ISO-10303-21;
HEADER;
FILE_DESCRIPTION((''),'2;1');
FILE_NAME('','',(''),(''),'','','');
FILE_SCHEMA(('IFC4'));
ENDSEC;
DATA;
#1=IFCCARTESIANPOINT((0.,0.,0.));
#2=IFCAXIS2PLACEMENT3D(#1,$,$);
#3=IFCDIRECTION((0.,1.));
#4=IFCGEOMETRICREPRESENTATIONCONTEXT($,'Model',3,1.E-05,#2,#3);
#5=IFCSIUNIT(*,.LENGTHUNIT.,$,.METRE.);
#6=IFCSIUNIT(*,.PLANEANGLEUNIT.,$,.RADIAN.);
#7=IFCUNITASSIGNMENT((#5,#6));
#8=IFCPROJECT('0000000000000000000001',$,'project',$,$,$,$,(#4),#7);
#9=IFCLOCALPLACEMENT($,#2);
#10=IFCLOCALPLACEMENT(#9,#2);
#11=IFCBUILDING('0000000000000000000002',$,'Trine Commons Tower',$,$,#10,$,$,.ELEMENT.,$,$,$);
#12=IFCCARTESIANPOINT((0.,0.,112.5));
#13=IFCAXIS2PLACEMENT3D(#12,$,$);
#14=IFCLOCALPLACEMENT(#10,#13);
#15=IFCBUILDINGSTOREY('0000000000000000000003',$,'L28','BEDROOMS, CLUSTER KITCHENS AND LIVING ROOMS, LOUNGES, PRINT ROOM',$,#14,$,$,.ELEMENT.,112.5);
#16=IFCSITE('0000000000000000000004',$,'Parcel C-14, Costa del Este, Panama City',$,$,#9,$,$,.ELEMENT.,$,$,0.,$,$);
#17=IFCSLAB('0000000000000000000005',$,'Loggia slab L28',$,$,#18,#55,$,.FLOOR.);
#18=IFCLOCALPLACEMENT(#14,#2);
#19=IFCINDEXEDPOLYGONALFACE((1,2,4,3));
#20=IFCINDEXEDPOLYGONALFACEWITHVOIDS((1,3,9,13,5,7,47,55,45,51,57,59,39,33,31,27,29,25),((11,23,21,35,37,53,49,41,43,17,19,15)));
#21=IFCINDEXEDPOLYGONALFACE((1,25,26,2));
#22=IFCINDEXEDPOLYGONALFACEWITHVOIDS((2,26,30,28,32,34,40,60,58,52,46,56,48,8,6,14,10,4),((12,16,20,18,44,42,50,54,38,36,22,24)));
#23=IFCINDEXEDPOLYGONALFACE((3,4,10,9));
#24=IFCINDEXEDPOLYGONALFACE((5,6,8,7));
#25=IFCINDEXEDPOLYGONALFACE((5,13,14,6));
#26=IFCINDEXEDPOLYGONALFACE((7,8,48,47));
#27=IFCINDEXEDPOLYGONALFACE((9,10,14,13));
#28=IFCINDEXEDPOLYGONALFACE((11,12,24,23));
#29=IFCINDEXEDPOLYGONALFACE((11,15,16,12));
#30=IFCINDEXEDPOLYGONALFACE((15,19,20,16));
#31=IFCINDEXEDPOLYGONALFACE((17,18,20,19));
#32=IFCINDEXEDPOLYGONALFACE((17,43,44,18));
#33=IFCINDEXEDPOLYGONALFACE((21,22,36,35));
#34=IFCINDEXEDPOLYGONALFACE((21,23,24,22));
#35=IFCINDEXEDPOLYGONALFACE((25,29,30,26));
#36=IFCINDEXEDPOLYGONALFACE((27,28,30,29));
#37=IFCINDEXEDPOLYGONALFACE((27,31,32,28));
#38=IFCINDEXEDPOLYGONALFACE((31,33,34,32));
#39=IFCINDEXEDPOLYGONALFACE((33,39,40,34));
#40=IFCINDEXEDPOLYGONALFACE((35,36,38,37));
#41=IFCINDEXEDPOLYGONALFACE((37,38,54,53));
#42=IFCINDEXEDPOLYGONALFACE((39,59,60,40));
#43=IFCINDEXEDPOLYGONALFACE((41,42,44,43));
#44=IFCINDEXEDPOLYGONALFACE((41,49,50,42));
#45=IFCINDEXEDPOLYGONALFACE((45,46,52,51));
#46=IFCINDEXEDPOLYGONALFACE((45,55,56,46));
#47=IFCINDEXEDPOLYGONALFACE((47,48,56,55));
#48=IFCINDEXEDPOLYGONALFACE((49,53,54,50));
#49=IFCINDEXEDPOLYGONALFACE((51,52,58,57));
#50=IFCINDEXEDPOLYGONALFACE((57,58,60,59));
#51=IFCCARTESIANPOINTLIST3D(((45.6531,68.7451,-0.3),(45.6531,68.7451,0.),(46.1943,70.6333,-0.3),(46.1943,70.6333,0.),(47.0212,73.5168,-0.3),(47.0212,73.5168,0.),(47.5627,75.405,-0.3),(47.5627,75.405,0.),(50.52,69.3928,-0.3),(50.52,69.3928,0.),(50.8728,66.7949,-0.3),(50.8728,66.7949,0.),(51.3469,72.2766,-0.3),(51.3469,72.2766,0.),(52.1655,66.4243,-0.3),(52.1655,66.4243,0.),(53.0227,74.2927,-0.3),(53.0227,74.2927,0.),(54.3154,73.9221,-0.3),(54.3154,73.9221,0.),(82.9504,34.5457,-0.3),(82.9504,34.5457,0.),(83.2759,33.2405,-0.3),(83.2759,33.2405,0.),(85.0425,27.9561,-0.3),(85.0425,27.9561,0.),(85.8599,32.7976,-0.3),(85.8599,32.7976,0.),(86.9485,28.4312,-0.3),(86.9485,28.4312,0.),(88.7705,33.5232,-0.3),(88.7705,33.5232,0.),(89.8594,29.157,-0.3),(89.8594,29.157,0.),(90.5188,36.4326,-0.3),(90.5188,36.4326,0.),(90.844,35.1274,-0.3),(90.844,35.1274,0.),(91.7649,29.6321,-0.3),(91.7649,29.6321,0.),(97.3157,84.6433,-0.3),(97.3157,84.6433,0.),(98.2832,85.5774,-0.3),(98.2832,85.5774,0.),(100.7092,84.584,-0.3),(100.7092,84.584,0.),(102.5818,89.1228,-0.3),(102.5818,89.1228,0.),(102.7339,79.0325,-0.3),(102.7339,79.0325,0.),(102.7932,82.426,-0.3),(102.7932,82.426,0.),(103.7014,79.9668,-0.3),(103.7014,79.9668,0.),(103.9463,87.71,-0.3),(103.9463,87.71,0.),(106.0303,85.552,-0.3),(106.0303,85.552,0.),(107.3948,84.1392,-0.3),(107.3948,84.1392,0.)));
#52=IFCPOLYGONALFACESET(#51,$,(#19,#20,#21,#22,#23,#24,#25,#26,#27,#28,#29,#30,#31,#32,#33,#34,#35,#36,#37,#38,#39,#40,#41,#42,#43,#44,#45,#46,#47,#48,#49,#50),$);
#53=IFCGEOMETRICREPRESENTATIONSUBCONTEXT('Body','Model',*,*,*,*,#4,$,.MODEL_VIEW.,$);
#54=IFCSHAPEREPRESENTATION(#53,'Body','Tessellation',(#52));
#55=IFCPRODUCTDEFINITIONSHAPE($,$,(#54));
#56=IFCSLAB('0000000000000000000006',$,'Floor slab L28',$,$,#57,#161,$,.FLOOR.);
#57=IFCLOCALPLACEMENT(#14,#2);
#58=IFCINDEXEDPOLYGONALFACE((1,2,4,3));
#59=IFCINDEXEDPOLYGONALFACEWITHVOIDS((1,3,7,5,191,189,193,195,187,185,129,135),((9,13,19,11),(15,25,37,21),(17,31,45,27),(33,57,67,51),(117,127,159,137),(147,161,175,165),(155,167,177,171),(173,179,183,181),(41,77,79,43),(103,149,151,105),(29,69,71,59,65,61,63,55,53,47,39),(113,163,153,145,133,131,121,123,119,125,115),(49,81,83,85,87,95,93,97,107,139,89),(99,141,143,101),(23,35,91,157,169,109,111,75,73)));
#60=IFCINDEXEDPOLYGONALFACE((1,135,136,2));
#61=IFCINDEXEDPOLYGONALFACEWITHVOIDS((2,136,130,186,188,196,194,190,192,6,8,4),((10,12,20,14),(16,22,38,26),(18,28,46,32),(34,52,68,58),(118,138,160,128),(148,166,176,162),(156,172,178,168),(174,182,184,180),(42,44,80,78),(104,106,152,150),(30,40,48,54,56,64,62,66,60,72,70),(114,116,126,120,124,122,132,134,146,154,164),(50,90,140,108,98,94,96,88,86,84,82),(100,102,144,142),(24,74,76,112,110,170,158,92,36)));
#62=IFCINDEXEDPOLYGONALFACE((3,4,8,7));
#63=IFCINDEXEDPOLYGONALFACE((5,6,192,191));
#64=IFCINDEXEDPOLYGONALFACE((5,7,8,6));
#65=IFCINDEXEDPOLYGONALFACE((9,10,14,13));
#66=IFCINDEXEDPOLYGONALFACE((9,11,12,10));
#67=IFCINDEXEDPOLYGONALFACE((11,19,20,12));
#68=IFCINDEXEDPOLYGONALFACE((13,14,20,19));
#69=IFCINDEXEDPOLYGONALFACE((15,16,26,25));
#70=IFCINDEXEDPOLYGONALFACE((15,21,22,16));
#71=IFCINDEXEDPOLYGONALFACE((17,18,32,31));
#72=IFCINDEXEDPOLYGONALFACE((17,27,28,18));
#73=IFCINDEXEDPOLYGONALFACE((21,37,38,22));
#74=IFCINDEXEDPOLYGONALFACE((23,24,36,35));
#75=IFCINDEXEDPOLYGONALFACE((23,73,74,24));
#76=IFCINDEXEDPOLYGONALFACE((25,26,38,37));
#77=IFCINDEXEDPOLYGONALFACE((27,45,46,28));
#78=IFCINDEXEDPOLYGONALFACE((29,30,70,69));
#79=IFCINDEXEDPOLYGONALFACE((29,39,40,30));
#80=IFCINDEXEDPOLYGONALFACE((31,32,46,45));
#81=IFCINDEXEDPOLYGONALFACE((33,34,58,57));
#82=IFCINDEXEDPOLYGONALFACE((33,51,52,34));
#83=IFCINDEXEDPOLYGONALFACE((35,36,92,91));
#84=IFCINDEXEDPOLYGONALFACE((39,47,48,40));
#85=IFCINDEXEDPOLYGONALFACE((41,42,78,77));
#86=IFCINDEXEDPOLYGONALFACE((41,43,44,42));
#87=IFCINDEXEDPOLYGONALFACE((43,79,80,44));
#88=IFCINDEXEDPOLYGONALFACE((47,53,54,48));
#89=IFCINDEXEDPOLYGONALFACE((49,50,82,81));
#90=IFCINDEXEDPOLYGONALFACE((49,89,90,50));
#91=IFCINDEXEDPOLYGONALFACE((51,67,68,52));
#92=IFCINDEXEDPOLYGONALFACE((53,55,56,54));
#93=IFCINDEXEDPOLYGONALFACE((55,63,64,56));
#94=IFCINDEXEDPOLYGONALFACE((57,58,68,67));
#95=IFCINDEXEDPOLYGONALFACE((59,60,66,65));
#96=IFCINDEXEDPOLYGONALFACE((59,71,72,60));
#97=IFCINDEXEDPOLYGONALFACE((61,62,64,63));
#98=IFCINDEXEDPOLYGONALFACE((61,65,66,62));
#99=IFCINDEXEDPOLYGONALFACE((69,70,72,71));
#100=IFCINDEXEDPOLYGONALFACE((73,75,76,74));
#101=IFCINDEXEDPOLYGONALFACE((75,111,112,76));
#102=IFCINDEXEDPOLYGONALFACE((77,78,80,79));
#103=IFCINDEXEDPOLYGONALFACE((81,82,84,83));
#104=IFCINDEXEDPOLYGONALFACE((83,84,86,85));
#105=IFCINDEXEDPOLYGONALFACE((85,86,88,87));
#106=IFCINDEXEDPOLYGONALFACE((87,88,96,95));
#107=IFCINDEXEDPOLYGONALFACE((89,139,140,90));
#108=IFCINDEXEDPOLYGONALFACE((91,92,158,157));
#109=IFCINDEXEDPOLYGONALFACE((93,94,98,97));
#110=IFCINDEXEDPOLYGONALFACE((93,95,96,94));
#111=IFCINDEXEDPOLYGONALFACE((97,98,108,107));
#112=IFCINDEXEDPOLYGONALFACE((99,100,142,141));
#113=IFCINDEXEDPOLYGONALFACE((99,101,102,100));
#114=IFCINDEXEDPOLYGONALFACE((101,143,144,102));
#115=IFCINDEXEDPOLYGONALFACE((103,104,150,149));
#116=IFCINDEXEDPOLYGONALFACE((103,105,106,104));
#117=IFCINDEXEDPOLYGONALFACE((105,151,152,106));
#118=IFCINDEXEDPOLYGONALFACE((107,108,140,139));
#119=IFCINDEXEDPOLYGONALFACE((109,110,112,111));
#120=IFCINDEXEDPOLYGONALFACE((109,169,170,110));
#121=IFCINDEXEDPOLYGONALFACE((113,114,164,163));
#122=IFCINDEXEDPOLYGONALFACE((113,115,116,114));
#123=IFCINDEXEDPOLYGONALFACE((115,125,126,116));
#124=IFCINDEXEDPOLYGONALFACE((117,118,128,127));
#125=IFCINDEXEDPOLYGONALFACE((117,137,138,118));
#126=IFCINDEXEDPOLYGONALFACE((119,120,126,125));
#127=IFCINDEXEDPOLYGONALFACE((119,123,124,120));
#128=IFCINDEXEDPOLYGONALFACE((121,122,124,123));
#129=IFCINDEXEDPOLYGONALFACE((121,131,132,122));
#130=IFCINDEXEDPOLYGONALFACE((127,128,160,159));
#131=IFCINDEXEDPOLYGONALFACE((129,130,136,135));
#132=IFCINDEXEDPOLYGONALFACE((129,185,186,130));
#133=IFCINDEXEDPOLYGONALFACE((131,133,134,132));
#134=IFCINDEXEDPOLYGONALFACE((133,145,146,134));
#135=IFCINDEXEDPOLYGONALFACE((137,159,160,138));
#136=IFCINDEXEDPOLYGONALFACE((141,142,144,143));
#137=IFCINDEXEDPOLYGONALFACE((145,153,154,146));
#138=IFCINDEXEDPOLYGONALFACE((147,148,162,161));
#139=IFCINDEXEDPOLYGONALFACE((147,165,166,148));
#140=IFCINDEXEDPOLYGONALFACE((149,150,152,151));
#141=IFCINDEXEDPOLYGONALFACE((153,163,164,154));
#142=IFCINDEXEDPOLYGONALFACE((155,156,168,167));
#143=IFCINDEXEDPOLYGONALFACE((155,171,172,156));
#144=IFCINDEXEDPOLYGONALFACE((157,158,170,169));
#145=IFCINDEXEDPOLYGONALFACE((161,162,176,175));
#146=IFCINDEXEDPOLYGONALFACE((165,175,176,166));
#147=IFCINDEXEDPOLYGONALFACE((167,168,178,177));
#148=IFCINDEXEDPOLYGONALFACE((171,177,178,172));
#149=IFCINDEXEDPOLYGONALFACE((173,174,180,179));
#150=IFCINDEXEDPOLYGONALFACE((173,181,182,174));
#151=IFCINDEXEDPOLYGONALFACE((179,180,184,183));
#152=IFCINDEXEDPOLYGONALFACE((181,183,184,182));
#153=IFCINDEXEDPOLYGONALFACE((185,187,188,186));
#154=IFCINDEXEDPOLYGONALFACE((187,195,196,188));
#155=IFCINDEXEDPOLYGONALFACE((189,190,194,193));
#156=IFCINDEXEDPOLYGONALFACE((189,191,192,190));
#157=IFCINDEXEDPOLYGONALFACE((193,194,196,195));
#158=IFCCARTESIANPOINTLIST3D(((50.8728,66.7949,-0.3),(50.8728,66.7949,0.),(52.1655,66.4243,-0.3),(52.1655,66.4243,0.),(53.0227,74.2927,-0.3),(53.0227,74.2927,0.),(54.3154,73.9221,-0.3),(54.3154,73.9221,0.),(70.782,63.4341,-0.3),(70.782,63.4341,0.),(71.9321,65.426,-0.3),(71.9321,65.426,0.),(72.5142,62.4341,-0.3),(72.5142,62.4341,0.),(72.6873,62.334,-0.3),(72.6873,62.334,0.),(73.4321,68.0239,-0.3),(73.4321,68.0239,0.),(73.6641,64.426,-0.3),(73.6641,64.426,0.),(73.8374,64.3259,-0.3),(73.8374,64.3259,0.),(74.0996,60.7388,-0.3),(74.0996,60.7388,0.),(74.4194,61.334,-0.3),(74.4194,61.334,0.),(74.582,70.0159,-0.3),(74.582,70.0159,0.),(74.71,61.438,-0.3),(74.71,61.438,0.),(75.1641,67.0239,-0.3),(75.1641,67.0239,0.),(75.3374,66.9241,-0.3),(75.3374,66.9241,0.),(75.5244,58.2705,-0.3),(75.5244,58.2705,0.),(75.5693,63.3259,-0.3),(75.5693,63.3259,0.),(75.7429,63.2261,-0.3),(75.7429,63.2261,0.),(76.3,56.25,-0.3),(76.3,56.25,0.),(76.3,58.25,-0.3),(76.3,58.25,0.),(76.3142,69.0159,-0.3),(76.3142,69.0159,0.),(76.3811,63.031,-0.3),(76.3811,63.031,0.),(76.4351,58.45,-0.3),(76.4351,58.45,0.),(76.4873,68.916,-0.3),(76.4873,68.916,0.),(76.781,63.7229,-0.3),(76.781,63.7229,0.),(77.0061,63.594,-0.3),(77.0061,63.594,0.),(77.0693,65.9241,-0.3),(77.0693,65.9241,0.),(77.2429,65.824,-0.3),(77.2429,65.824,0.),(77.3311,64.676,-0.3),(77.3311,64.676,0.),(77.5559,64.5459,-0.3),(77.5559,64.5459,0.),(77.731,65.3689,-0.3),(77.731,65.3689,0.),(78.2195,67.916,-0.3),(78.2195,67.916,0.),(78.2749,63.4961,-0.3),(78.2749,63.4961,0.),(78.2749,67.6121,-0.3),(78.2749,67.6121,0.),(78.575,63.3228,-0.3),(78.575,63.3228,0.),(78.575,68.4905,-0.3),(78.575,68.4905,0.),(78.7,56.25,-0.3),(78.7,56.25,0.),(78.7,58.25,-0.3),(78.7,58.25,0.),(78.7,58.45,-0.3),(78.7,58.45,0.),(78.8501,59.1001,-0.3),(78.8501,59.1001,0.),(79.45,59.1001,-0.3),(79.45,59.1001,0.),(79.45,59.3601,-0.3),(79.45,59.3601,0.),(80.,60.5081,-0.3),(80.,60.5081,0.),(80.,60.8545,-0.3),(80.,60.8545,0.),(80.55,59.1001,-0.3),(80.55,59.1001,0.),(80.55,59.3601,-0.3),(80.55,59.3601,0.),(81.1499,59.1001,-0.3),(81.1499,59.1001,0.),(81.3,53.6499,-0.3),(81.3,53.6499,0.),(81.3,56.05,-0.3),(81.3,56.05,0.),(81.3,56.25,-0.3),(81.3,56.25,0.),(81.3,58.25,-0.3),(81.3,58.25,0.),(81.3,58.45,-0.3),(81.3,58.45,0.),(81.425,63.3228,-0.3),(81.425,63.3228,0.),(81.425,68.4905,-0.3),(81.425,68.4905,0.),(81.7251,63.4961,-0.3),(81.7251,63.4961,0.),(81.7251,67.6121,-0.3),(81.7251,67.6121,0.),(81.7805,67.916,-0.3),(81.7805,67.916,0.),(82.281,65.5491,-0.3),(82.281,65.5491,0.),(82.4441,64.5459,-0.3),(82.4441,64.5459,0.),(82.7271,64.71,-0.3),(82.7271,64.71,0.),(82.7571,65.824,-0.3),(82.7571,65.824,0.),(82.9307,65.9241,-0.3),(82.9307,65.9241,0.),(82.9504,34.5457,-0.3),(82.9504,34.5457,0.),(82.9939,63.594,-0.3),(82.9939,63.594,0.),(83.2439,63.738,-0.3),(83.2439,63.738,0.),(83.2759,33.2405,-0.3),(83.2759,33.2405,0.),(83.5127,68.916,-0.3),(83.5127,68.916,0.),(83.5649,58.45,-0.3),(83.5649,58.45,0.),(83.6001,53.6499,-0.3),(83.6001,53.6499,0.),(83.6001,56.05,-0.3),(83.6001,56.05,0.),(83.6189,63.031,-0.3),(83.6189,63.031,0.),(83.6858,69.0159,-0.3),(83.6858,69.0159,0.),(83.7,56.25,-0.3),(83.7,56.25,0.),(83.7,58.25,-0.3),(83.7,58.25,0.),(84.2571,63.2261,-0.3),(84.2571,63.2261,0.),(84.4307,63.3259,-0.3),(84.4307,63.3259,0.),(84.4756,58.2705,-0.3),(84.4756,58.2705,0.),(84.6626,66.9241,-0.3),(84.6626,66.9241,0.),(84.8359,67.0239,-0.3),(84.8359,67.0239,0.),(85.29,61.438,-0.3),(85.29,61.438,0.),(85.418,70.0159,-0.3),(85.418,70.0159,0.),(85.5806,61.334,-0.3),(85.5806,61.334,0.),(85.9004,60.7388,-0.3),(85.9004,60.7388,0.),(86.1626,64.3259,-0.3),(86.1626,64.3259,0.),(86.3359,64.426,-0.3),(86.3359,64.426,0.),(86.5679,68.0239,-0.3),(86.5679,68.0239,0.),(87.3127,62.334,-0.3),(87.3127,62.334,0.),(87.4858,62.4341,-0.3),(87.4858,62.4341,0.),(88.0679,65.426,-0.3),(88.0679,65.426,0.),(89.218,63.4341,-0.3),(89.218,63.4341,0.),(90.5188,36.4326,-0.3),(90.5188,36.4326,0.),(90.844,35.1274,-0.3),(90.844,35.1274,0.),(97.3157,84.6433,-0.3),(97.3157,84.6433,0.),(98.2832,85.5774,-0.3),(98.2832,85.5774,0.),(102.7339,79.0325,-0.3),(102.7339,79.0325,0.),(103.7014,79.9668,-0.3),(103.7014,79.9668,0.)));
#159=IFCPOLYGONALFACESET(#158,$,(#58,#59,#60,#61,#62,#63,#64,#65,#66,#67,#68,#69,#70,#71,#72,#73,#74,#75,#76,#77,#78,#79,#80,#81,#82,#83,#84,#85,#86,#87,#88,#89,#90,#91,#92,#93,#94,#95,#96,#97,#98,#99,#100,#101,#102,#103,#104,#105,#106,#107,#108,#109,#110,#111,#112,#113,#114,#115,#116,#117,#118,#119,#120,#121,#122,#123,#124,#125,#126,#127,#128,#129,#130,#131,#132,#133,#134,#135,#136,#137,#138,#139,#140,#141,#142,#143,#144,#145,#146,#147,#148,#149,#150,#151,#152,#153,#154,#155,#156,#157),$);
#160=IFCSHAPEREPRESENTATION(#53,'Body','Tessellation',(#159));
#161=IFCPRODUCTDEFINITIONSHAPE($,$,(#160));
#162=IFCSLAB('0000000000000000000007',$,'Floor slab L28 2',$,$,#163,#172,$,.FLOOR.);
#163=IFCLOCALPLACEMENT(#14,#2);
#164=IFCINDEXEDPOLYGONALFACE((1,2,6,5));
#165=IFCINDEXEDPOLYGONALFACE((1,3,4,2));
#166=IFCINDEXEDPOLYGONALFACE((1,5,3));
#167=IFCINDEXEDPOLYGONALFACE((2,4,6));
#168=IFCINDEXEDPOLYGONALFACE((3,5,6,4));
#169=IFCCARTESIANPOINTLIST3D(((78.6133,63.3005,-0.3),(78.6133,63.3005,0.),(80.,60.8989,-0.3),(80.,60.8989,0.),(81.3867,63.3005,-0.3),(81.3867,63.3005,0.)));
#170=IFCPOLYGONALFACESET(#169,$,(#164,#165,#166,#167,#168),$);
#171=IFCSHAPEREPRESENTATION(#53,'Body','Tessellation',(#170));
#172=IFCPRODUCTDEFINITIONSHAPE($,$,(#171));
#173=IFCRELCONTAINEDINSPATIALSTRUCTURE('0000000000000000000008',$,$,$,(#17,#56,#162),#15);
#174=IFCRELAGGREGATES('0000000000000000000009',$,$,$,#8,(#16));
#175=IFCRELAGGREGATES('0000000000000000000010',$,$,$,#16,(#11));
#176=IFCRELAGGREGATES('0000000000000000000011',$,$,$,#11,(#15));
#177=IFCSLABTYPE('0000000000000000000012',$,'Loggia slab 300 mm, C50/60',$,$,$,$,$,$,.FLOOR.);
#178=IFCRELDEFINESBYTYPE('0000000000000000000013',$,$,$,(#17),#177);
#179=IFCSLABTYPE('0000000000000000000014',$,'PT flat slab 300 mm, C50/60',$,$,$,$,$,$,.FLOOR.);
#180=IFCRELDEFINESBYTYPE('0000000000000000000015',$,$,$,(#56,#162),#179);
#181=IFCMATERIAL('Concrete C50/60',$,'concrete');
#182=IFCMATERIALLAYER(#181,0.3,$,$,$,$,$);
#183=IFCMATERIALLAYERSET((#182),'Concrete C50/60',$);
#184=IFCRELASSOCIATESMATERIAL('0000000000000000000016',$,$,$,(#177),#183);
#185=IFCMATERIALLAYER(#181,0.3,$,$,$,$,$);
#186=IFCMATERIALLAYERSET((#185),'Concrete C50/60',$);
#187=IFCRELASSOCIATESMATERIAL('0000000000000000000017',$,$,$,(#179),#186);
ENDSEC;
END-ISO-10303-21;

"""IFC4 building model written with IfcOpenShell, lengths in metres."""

from ifc_helpers import new_model, si_unit, direction, frame, origin, place, context, subcontext, project, spatial, polyline, outline, extrude, material, layer, layer_set, type_object, element, save


model = new_model("IFC4")

# Units and contexts
model_context = context("Model", 3, precision=1e-05, world=origin(), true_north=direction((0.0, 1.0)))
body_context = subcontext(model_context, "Body", "Model", "MODEL_VIEW")
ifc_project = project(units=[si_unit("LENGTHUNIT", "METRE"), si_unit("PLANEANGLEUNIT", "RADIAN")], contexts=[model_context])

# Site, building, storey
site_placement = place(None, origin())
site = spatial("IfcSite", under=ifc_project, at=site_placement, Name="Parcel C-14, Costa del Este, Panama City", CompositionType="ELEMENT", RefElevation=0.0)
building_placement = place(site_placement, origin())
building = spatial("IfcBuilding", under=site, at=building_placement, Name="Trine Commons Tower", CompositionType="ELEMENT")
storey_placement = place(building_placement, frame((0.0, 0.0, 112.5)))
storey = spatial("IfcBuildingStorey", under=building, at=storey_placement, Name="L28", Description="BEDROOMS, CLUSTER KITCHENS AND LIVING ROOMS, LOUNGES, PRINT ROOM", CompositionType="ELEMENT", Elevation=112.5)

# Slabs
ifc_material_1 = material(Name="Concrete C50/60", Category="concrete")
ifc_layer_1 = layer(ifc_material_1, 0.3)
ifc_layer_set_1 = layer_set([ifc_layer_1], Name="Concrete C50/60")
slab_type_1 = type_object("IfcSlabType", Name="Loggia slab 300 mm, C50/60", PredefinedType="FLOOR", material=ifc_layer_set_1)
slab_1_placement = place(storey_placement, frame((0.0, 0.0, -0.3)))
element("IfcSlab", 1, at=slab_1_placement, inside=storey, type_object=slab_type_1, Name="Loggia slab L28", PredefinedType="FLOOR", context=body_context, shape_type="SweptSolid", body=[
    extrude(outline(polyline([(91.7649, 29.6321), (107.3948, 84.1392), (106.0303, 85.552), (102.7932, 82.426), (100.7092, 84.584), (103.9463, 87.71), (102.5818, 89.1228), (47.5627, 75.405), (47.0212, 73.5168), (51.3469, 72.2766), (50.52, 69.3928), (46.1943, 70.6333), (45.6531, 68.7451), (85.0425, 27.9561), (86.9485, 28.4312), (85.8599, 32.7976), (88.7705, 33.5232), (89.8594, 29.157), (91.7649, 29.6321)]), holes=[polyline([(83.2759, 33.2405), (82.9504, 34.5457), (90.5188, 36.4326), (90.844, 35.1274), (103.7014, 79.9668), (102.7339, 79.0325), (97.3157, 84.6433), (98.2832, 85.5774), (53.0227, 74.2927), (54.3154, 73.9221), (52.1655, 66.4243), (50.8728, 66.7949), (83.2759, 33.2405)])]), origin(), (0.0, 0.0, 1.0), 0.3),
])
ifc_layer_2 = layer(ifc_material_1, 0.3)
ifc_layer_set_2 = layer_set([ifc_layer_2], Name="Concrete C50/60")
slab_type_2 = type_object("IfcSlabType", Name="PT flat slab 300 mm, C50/60", PredefinedType="FLOOR", material=ifc_layer_set_2)
slab_2_placement = place(storey_placement, frame((0.0, 0.0, -0.3)))
element("IfcSlab", 2, at=slab_2_placement, inside=storey, type_object=slab_type_2, Name="Floor slab L28", PredefinedType="FLOOR", context=body_context, shape_type="SweptSolid", body=[
    extrude(outline(polyline([(50.8728, 66.7949), (83.2759, 33.2405), (82.9504, 34.5457), (90.5188, 36.4326), (90.844, 35.1274), (103.7014, 79.9668), (102.7339, 79.0325), (97.3157, 84.6433), (98.2832, 85.5774), (53.0227, 74.2927), (54.3154, 73.9221), (52.1655, 66.4243), (50.8728, 66.7949)]), holes=[polyline([(76.3, 56.25), (78.7, 56.25), (78.7, 58.25), (76.3, 58.25), (76.3, 56.25)]), polyline([(81.1499, 59.1001), (81.3, 58.45), (83.5649, 58.45), (80.0, 60.5081), (76.4351, 58.45), (78.7, 58.45), (78.8501, 59.1001), (79.45, 59.1001), (79.45, 59.3601), (80.55, 59.3601), (80.55, 59.1001), (81.1499, 59.1001)]), polyline([(80.0, 60.8545), (84.4756, 58.2705), (85.9004, 60.7388), (81.425, 63.3228), (81.425, 68.4905), (78.575, 68.4905), (78.575, 63.3228), (74.0996, 60.7388), (75.5244, 58.2705), (80.0, 60.8545)]), polyline([(73.8374, 64.3259), (72.6873, 62.334), (74.4194, 61.334), (75.5693, 63.3259), (73.8374, 64.3259)]), polyline([(71.9321, 65.426), (70.782, 63.4341), (72.5142, 62.4341), (73.6641, 64.426), (71.9321, 65.426)]), polyline([(76.781, 63.7229), (76.3811, 63.031), (75.7429, 63.2261), (74.71, 61.438), (78.2749, 63.4961), (78.2749, 67.6121), (77.2429, 65.824), (77.731, 65.3689), (77.3311, 64.676), (77.5559, 64.5459), (77.0061, 63.594), (76.781, 63.7229)]), polyline([(76.4873, 68.916), (75.3374, 66.9241), (77.0693, 65.9241), (78.2195, 67.916), (76.4873, 68.916)]), polyline([(74.582, 70.0159), (73.4321, 68.0239), (75.1641, 67.0239), (76.3142, 69.0159), (74.582, 70.0159)]), polyline([(81.3, 53.6499), (83.6001, 53.6499), (83.6001, 56.05), (81.3, 56.05), (81.3, 53.6499)]), polyline([(81.3, 56.25), (83.7, 56.25), (83.7, 58.25), (81.3, 58.25), (81.3, 56.25)]), polyline([(87.3127, 62.334), (86.1626, 64.3259), (84.4307, 63.3259), (85.5806, 61.334), (87.3127, 62.334)]), polyline([(89.218, 63.4341), (88.0679, 65.426), (86.3359, 64.426), (87.4858, 62.4341), (89.218, 63.4341)]), polyline([(83.2439, 63.738), (82.9939, 63.594), (82.4441, 64.5459), (82.7271, 64.71), (82.281, 65.5491), (82.7571, 65.824), (81.7251, 67.6121), (81.7251, 63.4961), (85.29, 61.438), (84.2571, 63.2261), (83.6189, 63.031), (83.2439, 63.738)]), polyline([(82.9307, 65.9241), (84.6626, 66.9241), (83.5127, 68.916), (81.7805, 67.916), (82.9307, 65.9241)]), polyline([(84.8359, 67.0239), (86.5679, 68.0239), (85.418, 70.0159), (83.6858, 69.0159), (84.8359, 67.0239)])]), origin(), (0.0, 0.0, 1.0), 0.3),
])
slab_3_placement = place(storey_placement, frame((0.0, 0.0, -0.3)))
element("IfcSlab", 3, at=slab_3_placement, inside=storey, type_object=slab_type_2, Name="Floor slab L28 2", PredefinedType="FLOOR", context=body_context, shape_type="SweptSolid", body=[
    extrude(outline(polyline([(78.6133, 63.3005), (80.0, 60.8989), (81.3867, 63.3005), (78.6133, 63.3005)])), origin(), (0.0, 0.0, 1.0), 0.3),
])

save(model, "model.ifc")
